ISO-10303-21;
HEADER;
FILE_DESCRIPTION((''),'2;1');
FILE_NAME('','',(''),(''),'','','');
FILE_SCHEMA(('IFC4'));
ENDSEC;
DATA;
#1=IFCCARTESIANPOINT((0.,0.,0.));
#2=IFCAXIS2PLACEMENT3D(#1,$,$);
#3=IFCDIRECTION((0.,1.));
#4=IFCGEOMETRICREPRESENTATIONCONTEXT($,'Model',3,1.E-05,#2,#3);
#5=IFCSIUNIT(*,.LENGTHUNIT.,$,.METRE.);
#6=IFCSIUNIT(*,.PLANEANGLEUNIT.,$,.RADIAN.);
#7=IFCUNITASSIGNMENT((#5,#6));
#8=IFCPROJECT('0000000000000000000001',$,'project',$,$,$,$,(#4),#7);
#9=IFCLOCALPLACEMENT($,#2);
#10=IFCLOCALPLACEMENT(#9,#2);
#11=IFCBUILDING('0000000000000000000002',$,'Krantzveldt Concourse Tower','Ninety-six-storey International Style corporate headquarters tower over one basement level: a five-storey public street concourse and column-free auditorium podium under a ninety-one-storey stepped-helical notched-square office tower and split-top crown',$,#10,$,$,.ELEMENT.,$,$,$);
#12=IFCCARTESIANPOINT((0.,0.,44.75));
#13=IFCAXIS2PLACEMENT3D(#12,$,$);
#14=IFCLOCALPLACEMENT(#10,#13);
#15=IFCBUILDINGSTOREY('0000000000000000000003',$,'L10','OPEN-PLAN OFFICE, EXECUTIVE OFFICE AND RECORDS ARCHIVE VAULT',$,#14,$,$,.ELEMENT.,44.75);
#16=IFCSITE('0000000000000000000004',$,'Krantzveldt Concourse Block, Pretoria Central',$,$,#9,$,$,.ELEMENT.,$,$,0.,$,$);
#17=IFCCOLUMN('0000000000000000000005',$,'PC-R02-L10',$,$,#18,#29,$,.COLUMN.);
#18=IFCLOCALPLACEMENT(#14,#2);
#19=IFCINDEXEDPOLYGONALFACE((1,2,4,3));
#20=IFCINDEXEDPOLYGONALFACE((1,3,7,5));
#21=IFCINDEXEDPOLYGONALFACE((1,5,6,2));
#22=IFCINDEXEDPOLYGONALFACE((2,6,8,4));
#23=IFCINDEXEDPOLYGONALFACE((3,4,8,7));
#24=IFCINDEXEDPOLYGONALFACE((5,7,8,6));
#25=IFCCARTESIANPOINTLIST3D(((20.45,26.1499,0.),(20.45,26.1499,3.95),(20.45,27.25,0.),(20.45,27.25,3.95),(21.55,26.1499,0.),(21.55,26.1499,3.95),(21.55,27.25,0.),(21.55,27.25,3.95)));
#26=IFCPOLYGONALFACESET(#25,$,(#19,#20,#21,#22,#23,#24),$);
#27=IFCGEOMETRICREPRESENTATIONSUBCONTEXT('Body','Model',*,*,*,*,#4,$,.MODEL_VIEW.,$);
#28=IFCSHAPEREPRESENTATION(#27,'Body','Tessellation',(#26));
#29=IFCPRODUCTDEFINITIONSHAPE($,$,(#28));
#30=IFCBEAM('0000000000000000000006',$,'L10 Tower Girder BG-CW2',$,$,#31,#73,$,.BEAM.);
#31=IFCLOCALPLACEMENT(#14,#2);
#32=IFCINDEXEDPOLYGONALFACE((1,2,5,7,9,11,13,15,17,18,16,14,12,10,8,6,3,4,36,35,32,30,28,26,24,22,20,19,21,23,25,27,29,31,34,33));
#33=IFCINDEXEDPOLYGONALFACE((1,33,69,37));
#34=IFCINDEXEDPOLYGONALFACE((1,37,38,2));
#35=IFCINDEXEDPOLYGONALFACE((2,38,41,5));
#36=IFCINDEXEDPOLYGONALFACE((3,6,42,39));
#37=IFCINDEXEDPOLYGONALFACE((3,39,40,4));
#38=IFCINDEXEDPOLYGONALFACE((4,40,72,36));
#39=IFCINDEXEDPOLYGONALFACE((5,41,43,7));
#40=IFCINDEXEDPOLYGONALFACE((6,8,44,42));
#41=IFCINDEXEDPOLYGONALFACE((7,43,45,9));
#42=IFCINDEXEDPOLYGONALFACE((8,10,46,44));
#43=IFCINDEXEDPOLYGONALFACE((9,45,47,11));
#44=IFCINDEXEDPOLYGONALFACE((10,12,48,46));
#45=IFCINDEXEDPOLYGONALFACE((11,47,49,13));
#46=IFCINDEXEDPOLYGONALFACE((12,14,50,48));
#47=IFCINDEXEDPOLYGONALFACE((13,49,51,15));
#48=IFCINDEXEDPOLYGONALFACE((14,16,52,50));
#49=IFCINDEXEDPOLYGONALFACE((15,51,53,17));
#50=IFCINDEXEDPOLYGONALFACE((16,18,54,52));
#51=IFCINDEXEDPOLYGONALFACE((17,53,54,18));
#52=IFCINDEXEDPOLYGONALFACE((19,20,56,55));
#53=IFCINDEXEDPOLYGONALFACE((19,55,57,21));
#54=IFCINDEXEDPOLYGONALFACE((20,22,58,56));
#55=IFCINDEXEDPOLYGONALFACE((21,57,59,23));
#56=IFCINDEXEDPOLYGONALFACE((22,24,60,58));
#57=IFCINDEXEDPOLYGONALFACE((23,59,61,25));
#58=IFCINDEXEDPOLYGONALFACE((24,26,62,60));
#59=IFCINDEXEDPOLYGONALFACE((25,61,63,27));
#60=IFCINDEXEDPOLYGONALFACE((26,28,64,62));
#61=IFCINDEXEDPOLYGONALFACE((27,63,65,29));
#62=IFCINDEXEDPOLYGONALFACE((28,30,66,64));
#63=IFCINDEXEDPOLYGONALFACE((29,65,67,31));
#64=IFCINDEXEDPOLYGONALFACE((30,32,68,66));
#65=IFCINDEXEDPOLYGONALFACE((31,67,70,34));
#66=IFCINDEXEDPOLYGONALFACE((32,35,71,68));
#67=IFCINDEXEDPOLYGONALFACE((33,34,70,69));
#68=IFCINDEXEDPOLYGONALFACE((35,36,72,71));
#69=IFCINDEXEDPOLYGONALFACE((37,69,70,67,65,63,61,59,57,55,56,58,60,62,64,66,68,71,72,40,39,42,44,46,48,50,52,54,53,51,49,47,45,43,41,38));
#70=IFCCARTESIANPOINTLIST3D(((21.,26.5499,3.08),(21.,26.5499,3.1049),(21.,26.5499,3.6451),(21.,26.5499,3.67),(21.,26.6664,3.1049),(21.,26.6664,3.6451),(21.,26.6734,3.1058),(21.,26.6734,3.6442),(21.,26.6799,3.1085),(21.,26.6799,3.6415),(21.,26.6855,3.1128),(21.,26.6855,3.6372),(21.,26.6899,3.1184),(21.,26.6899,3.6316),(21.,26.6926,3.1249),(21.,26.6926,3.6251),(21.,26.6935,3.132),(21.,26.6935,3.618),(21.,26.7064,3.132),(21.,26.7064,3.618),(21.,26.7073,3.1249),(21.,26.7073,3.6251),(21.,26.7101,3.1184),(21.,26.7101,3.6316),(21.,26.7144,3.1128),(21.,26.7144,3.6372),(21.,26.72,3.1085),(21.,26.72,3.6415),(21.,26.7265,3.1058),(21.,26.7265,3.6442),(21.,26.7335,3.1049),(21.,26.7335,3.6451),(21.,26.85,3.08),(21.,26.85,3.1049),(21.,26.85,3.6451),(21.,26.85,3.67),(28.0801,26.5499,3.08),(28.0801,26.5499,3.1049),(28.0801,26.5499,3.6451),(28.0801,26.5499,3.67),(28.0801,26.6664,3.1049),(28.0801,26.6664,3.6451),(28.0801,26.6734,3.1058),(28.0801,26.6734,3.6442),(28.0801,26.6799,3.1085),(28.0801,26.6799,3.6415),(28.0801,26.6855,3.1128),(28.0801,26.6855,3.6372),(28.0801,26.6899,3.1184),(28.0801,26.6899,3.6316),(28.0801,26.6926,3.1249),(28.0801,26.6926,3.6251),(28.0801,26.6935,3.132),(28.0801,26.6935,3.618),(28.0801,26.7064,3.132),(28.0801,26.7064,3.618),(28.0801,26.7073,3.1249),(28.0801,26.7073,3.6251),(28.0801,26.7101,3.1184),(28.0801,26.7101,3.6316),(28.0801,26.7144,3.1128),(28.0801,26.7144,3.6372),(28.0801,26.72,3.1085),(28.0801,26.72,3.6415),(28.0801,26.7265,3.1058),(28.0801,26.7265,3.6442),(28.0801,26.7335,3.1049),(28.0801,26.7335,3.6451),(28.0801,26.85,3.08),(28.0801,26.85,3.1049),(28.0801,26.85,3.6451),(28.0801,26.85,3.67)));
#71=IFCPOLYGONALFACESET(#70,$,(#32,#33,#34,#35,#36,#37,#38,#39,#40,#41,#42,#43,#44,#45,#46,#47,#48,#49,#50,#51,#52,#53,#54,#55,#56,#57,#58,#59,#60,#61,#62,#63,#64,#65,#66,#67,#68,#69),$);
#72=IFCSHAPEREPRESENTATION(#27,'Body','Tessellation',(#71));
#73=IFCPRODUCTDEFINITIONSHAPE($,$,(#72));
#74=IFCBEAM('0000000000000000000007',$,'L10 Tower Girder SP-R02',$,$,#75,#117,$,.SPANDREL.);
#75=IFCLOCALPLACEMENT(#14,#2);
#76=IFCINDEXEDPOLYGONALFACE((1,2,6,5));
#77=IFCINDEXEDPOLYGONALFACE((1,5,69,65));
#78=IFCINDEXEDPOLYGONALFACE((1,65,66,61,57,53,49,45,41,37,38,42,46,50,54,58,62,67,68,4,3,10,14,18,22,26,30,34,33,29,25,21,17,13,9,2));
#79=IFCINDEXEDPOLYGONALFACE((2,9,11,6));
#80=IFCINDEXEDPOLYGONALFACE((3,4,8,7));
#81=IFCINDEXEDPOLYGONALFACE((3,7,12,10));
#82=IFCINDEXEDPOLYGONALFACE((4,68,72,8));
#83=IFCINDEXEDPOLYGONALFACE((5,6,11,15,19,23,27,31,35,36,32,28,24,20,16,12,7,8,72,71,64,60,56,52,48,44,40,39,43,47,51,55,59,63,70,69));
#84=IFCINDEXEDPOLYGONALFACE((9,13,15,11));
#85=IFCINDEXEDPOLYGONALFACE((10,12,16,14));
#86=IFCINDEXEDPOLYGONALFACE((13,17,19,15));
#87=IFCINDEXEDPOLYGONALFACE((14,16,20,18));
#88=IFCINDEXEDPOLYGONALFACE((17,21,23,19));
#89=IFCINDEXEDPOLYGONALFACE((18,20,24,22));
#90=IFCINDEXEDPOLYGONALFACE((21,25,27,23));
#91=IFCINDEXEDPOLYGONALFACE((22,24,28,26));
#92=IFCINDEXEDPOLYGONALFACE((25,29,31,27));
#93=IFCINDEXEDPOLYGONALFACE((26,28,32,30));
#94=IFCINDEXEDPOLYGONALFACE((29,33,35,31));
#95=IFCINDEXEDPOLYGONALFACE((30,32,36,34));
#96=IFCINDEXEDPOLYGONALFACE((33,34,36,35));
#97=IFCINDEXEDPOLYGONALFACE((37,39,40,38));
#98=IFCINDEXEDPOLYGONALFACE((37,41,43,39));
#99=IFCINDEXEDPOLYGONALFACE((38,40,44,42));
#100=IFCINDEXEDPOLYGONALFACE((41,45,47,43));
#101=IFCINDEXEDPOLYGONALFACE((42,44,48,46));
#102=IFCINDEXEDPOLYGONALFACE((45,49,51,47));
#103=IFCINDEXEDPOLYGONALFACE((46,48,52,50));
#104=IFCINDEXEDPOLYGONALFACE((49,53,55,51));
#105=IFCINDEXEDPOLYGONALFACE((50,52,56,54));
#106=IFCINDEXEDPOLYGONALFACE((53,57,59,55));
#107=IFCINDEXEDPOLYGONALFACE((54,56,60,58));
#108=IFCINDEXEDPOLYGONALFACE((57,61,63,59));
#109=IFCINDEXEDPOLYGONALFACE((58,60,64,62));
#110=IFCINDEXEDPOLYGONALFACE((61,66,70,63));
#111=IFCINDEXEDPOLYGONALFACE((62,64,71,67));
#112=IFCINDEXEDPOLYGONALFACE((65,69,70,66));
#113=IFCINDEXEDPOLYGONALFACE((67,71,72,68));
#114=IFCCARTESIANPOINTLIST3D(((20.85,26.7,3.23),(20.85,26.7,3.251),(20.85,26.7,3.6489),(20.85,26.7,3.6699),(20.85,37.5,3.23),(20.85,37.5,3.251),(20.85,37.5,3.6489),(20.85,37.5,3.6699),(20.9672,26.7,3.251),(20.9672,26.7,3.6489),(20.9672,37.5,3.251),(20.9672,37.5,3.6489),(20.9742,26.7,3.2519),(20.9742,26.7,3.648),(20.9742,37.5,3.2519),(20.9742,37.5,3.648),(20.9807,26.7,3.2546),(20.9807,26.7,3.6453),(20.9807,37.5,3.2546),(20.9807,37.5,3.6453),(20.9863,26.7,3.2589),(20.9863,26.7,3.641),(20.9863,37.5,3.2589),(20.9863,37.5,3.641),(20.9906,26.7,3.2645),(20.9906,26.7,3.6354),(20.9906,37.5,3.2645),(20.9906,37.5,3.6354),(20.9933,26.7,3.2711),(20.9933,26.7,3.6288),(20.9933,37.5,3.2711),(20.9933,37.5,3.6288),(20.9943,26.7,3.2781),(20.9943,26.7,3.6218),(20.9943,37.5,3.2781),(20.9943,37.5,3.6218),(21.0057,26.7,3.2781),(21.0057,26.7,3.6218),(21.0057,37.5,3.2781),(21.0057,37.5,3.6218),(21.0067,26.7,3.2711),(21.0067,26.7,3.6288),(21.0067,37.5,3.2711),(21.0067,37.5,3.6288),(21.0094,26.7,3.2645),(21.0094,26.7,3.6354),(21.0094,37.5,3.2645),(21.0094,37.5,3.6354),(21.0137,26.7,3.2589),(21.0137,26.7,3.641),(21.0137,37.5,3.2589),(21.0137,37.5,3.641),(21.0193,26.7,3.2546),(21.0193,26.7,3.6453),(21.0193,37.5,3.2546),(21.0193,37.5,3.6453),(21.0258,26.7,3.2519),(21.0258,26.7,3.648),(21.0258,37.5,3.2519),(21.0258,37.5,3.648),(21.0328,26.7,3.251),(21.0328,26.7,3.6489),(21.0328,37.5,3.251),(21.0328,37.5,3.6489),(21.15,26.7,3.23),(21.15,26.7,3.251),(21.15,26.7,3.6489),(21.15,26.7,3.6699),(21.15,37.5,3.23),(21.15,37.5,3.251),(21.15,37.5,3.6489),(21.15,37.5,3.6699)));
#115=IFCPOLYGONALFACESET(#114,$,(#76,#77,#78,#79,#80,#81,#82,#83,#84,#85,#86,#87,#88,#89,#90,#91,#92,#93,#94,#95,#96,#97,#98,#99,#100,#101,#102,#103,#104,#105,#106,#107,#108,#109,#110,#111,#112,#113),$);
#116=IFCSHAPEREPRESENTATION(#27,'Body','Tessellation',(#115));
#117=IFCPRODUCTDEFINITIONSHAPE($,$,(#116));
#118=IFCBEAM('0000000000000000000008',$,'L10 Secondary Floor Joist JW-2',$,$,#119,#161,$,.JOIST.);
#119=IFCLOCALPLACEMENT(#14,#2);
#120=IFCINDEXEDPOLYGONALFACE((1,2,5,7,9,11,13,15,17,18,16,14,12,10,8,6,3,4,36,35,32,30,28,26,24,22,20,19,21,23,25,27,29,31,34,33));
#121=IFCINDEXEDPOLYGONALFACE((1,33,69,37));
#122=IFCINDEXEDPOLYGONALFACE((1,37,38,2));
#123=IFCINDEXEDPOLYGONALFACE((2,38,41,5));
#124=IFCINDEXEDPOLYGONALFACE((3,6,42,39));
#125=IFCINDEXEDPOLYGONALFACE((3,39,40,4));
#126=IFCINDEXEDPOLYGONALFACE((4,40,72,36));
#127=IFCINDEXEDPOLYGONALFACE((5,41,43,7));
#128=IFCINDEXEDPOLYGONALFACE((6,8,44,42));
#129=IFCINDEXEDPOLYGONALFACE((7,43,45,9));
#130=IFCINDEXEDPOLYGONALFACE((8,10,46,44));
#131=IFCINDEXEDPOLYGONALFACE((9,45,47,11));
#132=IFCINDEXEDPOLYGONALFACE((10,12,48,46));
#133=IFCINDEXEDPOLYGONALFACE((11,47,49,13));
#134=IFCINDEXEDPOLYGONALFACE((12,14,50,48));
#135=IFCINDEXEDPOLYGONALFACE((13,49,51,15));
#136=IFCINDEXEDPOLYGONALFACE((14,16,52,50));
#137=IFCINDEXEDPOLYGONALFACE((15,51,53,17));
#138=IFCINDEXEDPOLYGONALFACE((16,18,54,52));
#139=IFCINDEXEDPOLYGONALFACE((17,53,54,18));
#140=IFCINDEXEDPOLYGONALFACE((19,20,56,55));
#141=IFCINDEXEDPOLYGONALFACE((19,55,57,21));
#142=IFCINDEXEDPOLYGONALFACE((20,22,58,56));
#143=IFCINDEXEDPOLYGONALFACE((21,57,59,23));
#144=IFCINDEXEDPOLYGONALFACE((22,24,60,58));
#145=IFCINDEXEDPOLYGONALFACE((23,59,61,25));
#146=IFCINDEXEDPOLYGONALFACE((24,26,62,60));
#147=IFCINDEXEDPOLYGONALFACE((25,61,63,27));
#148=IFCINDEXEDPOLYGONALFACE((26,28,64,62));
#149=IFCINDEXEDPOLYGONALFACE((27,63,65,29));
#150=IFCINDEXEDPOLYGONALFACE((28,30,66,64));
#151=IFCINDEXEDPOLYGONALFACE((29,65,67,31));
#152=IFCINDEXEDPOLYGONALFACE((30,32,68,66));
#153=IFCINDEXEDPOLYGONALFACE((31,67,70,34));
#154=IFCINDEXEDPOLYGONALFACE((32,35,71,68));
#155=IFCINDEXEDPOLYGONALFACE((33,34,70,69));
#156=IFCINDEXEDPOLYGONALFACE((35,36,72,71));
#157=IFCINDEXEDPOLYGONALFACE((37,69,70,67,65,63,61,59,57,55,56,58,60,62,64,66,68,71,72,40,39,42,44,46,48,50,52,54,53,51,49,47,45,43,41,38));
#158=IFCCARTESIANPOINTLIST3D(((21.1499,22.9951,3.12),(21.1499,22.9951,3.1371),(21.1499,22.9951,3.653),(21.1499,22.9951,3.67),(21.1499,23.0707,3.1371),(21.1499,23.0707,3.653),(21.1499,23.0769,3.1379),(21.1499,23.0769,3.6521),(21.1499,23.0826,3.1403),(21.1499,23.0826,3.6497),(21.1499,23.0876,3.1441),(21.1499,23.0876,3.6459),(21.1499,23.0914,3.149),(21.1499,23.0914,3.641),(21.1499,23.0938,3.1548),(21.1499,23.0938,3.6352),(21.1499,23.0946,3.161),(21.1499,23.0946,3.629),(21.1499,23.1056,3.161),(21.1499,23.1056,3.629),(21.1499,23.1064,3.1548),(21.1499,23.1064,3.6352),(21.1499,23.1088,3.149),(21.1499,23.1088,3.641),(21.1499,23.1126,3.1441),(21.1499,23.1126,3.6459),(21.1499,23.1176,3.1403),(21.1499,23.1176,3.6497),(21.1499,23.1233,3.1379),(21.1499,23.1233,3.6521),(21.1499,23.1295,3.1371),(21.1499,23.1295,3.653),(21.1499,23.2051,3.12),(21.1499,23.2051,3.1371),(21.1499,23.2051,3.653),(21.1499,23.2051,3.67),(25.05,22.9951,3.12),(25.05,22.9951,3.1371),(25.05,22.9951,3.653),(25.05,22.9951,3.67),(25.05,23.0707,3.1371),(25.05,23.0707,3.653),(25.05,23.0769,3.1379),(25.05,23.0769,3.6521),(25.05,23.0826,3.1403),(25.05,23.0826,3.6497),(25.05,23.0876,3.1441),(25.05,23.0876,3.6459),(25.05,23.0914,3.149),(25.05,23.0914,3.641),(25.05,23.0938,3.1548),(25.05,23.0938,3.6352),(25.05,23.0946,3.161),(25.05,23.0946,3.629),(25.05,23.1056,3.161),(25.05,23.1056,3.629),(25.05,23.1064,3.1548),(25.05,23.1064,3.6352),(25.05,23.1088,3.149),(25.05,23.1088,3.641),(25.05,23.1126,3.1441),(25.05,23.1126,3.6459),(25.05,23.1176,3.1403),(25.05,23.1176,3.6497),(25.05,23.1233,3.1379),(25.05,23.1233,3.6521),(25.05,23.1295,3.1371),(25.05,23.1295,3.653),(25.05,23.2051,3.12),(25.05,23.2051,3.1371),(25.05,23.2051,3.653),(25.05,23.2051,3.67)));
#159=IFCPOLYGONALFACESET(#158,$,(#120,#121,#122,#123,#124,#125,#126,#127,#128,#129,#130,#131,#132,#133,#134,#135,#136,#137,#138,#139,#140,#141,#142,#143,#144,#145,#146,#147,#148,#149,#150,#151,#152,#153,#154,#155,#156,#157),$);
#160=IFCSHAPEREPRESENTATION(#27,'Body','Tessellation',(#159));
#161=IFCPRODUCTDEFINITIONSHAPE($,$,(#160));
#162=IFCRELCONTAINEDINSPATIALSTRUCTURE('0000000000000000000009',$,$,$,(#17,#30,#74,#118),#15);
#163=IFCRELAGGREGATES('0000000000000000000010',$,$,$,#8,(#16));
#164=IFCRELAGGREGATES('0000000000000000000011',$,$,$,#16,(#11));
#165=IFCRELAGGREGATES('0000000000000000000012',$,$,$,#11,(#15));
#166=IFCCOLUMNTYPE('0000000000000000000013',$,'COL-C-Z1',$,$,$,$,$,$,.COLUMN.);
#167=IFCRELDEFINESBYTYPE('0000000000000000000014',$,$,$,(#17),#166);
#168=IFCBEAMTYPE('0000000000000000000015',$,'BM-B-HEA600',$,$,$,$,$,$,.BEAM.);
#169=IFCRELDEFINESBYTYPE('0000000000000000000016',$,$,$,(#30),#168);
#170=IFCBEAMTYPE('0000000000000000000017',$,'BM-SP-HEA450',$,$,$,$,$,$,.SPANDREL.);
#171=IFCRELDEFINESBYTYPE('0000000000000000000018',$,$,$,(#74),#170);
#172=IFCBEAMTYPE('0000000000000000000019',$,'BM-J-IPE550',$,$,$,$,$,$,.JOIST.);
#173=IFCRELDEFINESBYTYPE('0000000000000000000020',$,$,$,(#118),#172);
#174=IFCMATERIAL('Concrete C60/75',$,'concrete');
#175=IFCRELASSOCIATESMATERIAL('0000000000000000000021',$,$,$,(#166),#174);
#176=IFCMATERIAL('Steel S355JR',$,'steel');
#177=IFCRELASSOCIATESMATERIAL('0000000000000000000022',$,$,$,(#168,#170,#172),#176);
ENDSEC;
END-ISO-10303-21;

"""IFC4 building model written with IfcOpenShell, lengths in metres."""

from ifc_helpers import new_model, si_unit, direction, frame, origin, origin_2d, place, context, subcontext, project, spatial, rectangle, i_section, extrude, source, transform, mapped, material, material_profile, profile_set, type_object, type_shapes, element, save


model = new_model("IFC4")

# Units and contexts
model_context = context("Model", 3, precision=1e-05, world=origin(), true_north=direction((0.0, 1.0)))
body_context = subcontext(model_context, "Body", "Model", "MODEL_VIEW")
ifc_project = project(units=[si_unit("LENGTHUNIT", "METRE"), si_unit("PLANEANGLEUNIT", "RADIAN")], contexts=[model_context])

# Site, building, storey
site_placement = place(None, origin())
site = spatial("IfcSite", under=ifc_project, at=site_placement, Name="Krantzveldt Concourse Block, Pretoria Central", CompositionType="ELEMENT", RefElevation=0.0)
building_placement = place(site_placement, origin())
building = spatial("IfcBuilding", under=site, at=building_placement, Name="Krantzveldt Concourse Tower", Description="Ninety-six-storey International Style corporate headquarters tower over one basement level: a five-storey public street concourse and column-free auditorium podium under a ninety-one-storey stepped-helical notched-square office tower and split-top crown", CompositionType="ELEMENT")
storey_placement = place(building_placement, frame((0.0, 0.0, 44.75)))
storey = spatial("IfcBuildingStorey", under=building, at=storey_placement, Name="L10", Description="OPEN-PLAN OFFICE, EXECUTIVE OFFICE AND RECORDS ARCHIVE VAULT", CompositionType="ELEMENT", Elevation=44.75)

# Column
ifc_material_1 = material(Name="Concrete C60/75", Category="concrete")
ifc_material_profile_1 = material_profile(ifc_material_1, rectangle(XDim=1.1001, YDim=1.1001, at=origin_2d()), Name="Concrete C60/75", Category="concrete")
ifc_profile_set_1 = profile_set([ifc_material_profile_1], Name="Concrete C60/75 - RC 1100x1100")
column_type = type_object("IfcColumnType", Name="COL-C-Z1", PredefinedType="COLUMN", material=ifc_profile_set_1)
shared_shape_1 = source(origin(), body_context, "Body", "SweptSolid", [
    extrude(rectangle(XDim=1.1001, YDim=1.1001, at=origin_2d()), origin(), (0.0, 0.0, 1.0), 3.95),
])
type_shapes(column_type, [shared_shape_1])
column_placement = place(storey_placement, frame((21.0, 26.7, 0.0), z_axis=(0.0, 0.0, 1.0), x_axis=(1.0, 0.0, 0.0)))
element("IfcColumn", 1, at=column_placement, inside=storey, type_object=column_type, Name="PC-R02-L10", PredefinedType="COLUMN", context=body_context, shape_type="MappedRepresentation", body=[
    mapped(shared_shape_1, transform((0.0, 0.0, 0.0), x_axis=(1.0, 0.0, 0.0), y_axis=(0.0, 1.0, 0.0), z_axis=(0.0, 0.0, 1.0), scale=1.0)),
])

# Beams
ifc_material_2 = material(Name="Steel S355JR", Category="steel")
ifc_material_profile_2 = material_profile(ifc_material_2, i_section(OverallWidth=0.3, OverallDepth=0.5901, WebThickness=0.0129, FlangeThickness=0.0249, FilletRadius=0.0271, at=origin_2d()), Name="Steel S355JR", Category="steel")
ifc_profile_set_2 = profile_set([ifc_material_profile_2], Name="Steel S355JR - HEA 600")
beam_type_1 = type_object("IfcBeamType", Name="BM-B-HEA600", PredefinedType="BEAM", material=ifc_profile_set_2)
shared_shape_2 = source(origin(), body_context, "Body", "SweptSolid", [
    extrude(i_section(OverallWidth=0.3, OverallDepth=0.5901, WebThickness=0.0129, FlangeThickness=0.0249, FilletRadius=0.0271, at=origin_2d()), origin(), (0.0, 0.0, 1.0), 7.0801),
])
type_shapes(beam_type_1, [shared_shape_2])
beam_1_placement = place(storey_placement, frame((21.0, 26.7, 3.375), z_axis=(1.0, 0.0, 0.0), x_axis=(0.0, 1.0, 0.0)))
element("IfcBeam", 2, at=beam_1_placement, inside=storey, type_object=beam_type_1, Name="L10 Tower Girder BG-CW2", PredefinedType="BEAM", context=body_context, shape_type="MappedRepresentation", body=[
    mapped(shared_shape_2, transform((0.0, 0.0, 0.0), x_axis=(1.0, 0.0, 0.0), y_axis=(0.0, 1.0, 0.0), z_axis=(0.0, 0.0, 1.0), scale=1.0)),
])
ifc_material_profile_3 = material_profile(ifc_material_2, i_section(OverallWidth=0.3, OverallDepth=0.4399, WebThickness=0.0115, FlangeThickness=0.021, FilletRadius=0.0271, at=origin_2d()), Name="Steel S355JR", Category="steel")
ifc_profile_set_3 = profile_set([ifc_material_profile_3], Name="Steel S355JR - HEA 450")
beam_type_2 = type_object("IfcBeamType", Name="BM-SP-HEA450", PredefinedType="SPANDREL", material=ifc_profile_set_3)
shared_shape_3 = source(origin(), body_context, "Body", "SweptSolid", [
    extrude(i_section(OverallWidth=0.3, OverallDepth=0.4399, WebThickness=0.0115, FlangeThickness=0.021, FilletRadius=0.0271, at=origin_2d()), origin(), (0.0, 0.0, 1.0), 10.8),
])
type_shapes(beam_type_2, [shared_shape_3])
beam_2_placement = place(storey_placement, frame((21.0, 26.7, 3.45), z_axis=(0.0, 1.0, 0.0), x_axis=(-1.0, 0.0, 0.0)))
element("IfcBeam", 3, at=beam_2_placement, inside=storey, type_object=beam_type_2, Name="L10 Tower Girder SP-R02", PredefinedType="SPANDREL", context=body_context, shape_type="MappedRepresentation", body=[
    mapped(shared_shape_3, transform((0.0, 0.0, 0.0), x_axis=(1.0, 0.0, 0.0), y_axis=(0.0, 1.0, 0.0), z_axis=(0.0, 0.0, 1.0), scale=1.0)),
])
ifc_material_profile_4 = material_profile(ifc_material_2, i_section(OverallWidth=0.21, OverallDepth=0.55, WebThickness=0.011, FlangeThickness=0.0171, FilletRadius=0.0239, at=origin_2d()), Name="Steel S355JR", Category="steel")
ifc_profile_set_4 = profile_set([ifc_material_profile_4], Name="Steel S355JR - IPE 550")
beam_type_3 = type_object("IfcBeamType", Name="BM-J-IPE550", PredefinedType="JOIST", material=ifc_profile_set_4)
shared_shape_4 = source(origin(), body_context, "Body", "SweptSolid", [
    extrude(i_section(OverallWidth=0.21, OverallDepth=0.55, WebThickness=0.011, FlangeThickness=0.0171, FilletRadius=0.0239, at=origin_2d()), origin(), (0.0, 0.0, 1.0), 3.9001),
])
type_shapes(beam_type_3, [shared_shape_4])
for number, where, z_axis, x_axis, name in (
    (4, (21.1499, 23.1001, 3.395), (1.0, 0.0, 0.0), (0.0, 1.0, 0.0), "L10 Secondary Floor Joist JW-2"),
):
    element("IfcBeam", number, at=place(storey_placement, frame(where, z_axis=z_axis, x_axis=x_axis)), inside=storey, type_object=beam_type_3, Name=name, PredefinedType="JOIST", context=body_context, shape_type="MappedRepresentation", body=[
        mapped(shared_shape_4, transform((0.0, 0.0, 0.0), x_axis=(1.0, 0.0, 0.0), y_axis=(0.0, 1.0, 0.0), z_axis=(0.0, 0.0, 1.0), scale=1.0)),
    ])

save(model, "model.ifc")
